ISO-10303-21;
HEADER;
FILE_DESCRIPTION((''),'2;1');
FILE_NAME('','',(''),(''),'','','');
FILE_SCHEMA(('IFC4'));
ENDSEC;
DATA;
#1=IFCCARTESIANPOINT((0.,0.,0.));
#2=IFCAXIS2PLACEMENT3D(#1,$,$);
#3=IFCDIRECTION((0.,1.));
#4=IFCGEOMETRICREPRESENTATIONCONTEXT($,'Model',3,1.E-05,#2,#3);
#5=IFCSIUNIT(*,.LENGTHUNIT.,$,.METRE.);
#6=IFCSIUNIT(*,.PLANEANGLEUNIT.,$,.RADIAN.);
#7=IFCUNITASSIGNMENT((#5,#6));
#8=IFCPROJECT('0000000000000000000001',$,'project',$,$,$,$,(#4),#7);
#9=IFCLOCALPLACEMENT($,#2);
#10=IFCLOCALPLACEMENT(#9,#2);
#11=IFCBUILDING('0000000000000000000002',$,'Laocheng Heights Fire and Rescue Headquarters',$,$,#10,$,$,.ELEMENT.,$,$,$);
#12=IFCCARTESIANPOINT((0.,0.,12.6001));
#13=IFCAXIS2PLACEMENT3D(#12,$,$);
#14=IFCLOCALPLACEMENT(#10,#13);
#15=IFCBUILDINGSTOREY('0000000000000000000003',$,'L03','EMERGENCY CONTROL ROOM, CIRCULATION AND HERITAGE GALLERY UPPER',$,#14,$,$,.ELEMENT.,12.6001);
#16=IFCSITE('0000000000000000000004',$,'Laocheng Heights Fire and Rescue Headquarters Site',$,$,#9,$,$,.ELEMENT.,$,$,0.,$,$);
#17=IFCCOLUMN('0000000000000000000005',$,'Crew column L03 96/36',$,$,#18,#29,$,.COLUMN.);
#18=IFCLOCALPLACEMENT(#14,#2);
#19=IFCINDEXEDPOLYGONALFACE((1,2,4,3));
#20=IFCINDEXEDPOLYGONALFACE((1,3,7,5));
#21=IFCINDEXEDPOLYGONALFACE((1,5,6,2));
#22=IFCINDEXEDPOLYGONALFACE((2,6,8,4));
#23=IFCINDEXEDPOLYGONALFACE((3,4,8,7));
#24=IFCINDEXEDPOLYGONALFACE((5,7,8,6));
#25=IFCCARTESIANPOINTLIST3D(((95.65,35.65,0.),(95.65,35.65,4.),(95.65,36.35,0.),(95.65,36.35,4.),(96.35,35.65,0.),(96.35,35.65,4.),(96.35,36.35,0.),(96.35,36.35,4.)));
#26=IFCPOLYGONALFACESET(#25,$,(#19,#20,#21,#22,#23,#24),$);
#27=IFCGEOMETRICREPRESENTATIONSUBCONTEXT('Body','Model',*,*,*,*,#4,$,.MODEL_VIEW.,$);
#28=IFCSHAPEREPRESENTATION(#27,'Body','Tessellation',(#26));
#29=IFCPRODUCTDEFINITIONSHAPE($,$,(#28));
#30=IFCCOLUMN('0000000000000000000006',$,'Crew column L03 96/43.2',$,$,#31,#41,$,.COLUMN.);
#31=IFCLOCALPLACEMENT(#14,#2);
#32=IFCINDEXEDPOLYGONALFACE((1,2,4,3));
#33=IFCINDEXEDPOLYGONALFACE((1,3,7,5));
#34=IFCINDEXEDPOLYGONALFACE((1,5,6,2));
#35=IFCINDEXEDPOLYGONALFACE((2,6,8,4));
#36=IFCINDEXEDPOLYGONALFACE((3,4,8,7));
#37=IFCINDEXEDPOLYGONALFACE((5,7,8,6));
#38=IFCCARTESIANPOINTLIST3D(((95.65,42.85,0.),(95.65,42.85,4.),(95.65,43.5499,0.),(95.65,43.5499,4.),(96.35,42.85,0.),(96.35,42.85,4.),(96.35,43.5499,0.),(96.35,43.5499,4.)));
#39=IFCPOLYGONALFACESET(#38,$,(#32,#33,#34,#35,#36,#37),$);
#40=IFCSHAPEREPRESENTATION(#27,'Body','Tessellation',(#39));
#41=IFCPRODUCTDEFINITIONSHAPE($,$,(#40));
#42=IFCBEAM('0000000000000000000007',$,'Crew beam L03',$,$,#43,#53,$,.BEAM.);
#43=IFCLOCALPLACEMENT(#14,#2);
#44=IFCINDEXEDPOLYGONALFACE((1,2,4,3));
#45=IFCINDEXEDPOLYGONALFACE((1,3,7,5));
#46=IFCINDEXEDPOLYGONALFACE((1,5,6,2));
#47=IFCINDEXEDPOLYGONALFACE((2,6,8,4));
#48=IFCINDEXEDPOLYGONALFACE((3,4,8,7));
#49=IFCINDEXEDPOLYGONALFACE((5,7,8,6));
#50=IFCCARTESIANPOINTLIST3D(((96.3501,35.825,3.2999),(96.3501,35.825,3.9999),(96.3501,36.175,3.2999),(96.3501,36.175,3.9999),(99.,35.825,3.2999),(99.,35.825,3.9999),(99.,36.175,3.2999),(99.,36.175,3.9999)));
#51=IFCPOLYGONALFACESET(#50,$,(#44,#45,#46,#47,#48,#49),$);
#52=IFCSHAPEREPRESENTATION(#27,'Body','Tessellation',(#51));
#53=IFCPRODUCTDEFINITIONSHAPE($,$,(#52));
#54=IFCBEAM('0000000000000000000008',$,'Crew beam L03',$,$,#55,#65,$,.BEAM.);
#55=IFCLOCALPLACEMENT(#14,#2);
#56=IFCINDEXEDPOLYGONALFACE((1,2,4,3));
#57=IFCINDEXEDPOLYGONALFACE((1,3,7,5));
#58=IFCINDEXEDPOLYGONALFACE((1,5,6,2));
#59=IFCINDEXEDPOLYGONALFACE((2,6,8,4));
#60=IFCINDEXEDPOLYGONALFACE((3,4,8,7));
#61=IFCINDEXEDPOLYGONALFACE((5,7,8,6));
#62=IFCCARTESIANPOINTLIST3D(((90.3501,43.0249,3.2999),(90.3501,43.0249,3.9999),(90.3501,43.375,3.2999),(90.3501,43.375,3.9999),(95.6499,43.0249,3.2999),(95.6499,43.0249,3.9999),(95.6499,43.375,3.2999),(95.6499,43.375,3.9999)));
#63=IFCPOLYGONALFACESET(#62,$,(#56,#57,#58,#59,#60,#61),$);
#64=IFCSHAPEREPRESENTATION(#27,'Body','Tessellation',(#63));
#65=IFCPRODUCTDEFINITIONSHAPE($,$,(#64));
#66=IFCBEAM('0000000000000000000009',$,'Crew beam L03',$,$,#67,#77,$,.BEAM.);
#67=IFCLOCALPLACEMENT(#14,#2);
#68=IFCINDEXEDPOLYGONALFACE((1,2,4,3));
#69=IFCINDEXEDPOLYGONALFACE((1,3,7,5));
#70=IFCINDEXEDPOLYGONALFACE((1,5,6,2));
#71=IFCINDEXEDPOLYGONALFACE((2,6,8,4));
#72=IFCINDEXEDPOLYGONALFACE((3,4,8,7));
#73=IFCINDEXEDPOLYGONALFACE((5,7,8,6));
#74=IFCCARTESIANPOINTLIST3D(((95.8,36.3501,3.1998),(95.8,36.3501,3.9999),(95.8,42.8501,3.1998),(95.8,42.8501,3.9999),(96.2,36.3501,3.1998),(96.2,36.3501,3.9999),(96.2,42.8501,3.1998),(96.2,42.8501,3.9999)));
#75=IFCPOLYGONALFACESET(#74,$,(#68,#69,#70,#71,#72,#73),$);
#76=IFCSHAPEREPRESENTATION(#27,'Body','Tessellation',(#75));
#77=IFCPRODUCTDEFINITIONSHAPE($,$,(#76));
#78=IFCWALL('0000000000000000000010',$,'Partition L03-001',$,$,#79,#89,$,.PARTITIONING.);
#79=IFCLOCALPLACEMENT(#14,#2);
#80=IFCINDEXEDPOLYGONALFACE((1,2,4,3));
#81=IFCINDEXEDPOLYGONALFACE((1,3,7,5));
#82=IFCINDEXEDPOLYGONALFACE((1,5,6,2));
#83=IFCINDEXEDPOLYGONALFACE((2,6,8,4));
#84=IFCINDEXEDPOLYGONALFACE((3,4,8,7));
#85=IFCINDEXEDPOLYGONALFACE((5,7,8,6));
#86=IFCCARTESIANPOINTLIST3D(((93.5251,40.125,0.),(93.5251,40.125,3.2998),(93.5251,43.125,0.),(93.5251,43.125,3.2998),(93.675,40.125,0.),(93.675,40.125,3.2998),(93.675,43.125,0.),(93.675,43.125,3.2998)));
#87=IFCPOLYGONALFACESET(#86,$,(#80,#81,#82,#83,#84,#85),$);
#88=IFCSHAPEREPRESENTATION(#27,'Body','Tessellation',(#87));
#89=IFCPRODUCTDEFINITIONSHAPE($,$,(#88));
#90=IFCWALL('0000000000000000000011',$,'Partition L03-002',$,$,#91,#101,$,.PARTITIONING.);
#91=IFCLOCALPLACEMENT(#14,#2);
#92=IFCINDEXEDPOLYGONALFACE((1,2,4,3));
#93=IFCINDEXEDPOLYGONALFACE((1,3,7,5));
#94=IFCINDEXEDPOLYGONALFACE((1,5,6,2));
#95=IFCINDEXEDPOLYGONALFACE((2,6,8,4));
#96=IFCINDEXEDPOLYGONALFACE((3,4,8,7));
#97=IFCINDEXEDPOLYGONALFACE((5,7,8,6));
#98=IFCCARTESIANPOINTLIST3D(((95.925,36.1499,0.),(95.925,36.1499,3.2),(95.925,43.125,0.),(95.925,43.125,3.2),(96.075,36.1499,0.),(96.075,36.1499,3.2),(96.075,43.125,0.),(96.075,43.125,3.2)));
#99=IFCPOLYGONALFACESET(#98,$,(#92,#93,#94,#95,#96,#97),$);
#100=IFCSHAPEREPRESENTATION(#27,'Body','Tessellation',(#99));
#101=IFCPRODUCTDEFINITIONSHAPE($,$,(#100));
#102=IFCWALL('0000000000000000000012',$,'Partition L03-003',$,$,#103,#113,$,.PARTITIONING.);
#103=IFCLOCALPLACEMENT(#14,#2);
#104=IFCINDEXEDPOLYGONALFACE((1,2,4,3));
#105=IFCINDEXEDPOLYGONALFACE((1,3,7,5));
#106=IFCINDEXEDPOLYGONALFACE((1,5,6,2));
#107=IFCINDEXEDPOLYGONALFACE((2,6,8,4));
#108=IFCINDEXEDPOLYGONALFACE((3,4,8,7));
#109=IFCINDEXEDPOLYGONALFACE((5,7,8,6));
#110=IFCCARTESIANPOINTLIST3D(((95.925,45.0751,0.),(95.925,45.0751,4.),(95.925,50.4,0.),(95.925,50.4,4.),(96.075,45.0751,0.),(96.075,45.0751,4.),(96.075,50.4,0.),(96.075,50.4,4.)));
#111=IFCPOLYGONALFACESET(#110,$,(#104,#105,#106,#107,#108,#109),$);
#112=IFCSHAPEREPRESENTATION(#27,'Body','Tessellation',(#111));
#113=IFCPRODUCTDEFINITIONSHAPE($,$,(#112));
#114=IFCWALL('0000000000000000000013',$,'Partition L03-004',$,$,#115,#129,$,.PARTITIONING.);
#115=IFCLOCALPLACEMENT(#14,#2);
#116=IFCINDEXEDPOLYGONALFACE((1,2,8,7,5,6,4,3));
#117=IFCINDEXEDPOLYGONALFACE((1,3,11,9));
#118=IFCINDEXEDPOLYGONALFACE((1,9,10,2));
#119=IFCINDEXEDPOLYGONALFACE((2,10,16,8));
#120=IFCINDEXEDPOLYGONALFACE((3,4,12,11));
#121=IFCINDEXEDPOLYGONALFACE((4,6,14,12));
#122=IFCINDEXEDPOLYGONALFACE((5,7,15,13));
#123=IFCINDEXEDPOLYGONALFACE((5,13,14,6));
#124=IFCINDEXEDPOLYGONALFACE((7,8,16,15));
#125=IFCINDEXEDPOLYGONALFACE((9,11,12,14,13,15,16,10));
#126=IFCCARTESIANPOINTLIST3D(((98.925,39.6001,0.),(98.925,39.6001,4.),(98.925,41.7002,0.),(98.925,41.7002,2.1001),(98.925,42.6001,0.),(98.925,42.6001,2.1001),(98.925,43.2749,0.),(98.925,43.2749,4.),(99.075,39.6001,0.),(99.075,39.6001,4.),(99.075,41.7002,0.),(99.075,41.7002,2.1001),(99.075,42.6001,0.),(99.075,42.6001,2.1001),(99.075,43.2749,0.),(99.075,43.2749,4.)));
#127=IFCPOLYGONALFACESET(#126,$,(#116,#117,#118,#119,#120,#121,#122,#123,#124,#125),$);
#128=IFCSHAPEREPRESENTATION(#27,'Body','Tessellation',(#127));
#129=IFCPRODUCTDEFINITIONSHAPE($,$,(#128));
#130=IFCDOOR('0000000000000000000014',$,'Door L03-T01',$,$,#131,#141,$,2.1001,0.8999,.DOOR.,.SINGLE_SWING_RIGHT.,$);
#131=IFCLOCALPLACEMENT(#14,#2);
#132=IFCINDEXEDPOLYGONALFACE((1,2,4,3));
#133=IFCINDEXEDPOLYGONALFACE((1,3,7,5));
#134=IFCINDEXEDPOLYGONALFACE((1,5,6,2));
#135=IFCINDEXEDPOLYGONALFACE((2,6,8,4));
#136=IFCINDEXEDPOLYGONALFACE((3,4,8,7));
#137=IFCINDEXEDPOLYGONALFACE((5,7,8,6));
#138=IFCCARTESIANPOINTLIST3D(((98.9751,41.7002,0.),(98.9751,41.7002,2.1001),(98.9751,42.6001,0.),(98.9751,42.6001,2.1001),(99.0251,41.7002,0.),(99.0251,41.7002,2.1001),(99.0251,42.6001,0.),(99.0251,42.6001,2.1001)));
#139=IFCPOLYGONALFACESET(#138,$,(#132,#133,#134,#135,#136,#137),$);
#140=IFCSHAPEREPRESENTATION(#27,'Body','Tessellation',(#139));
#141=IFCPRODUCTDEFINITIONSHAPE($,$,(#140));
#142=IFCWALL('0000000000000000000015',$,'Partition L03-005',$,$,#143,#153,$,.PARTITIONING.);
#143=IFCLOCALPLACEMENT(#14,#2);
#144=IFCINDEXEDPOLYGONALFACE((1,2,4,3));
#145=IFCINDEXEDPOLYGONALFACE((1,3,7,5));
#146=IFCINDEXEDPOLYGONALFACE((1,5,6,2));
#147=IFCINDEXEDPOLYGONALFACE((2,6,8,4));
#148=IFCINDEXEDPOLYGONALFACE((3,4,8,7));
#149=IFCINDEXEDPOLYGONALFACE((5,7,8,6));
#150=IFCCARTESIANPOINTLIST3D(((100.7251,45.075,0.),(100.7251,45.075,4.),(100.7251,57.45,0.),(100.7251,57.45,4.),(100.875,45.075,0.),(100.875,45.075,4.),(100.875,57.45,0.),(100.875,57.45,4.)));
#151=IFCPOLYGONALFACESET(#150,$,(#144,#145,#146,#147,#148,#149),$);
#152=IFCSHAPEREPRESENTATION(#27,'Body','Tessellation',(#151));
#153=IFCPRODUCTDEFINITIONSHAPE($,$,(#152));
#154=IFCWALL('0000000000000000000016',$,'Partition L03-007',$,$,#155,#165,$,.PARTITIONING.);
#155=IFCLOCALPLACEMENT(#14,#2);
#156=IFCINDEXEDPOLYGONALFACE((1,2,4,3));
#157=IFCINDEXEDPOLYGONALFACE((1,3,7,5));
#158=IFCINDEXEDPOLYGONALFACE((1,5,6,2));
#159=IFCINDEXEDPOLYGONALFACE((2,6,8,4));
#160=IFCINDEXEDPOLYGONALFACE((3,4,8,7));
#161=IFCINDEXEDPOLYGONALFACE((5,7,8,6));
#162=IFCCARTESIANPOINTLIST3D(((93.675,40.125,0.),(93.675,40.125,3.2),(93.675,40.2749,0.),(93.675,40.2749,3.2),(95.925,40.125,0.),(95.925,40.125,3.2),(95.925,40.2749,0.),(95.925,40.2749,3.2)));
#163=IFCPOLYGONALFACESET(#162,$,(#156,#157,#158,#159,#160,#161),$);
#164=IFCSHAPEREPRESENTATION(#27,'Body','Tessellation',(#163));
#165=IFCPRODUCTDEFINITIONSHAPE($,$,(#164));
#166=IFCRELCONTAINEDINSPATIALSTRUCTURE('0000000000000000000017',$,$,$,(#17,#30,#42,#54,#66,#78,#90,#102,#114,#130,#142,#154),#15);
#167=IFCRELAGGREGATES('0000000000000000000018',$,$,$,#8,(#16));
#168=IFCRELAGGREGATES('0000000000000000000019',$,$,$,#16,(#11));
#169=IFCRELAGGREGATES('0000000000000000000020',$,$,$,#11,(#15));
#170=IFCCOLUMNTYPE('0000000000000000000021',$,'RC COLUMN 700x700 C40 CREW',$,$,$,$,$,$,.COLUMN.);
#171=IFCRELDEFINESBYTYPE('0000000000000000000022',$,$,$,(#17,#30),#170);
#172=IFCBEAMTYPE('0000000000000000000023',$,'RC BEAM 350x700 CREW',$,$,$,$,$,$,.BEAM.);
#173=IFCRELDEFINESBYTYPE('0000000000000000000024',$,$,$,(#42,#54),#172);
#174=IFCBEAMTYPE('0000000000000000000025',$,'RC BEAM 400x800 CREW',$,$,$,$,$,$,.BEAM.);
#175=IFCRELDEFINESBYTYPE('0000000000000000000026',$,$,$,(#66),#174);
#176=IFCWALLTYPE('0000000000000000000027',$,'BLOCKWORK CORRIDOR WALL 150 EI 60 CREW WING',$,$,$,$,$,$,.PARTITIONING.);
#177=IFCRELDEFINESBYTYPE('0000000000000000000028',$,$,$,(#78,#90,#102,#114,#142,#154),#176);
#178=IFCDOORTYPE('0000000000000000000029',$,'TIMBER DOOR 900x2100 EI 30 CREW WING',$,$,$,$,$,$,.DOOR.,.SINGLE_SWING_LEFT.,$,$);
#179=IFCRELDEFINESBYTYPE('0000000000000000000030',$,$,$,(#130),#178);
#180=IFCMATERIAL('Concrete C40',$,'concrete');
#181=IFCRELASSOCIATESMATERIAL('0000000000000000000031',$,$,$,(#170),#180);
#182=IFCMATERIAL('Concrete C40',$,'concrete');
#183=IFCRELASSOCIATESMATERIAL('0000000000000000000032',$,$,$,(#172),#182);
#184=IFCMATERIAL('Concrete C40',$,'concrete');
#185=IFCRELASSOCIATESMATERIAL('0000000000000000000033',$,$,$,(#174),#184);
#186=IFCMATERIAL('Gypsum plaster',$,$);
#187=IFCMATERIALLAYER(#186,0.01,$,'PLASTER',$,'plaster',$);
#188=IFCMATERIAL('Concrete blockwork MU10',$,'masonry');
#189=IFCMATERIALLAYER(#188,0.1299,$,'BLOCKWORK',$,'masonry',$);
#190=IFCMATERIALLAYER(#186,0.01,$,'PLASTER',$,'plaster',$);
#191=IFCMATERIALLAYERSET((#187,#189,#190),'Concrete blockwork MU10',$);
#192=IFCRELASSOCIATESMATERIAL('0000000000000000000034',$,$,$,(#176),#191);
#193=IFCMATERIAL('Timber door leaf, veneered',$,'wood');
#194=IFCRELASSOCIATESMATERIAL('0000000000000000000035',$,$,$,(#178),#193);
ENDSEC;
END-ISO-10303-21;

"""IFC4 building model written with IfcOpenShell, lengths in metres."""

from ifc_helpers import new_model, si_unit, direction, frame, frame_2d, origin, origin_2d, place, context, subcontext, project, spatial, rectangle, extrude, material, layer, layer_set, material_profile, profile_set, type_object, element, fill, save


model = new_model("IFC4")

# Units and contexts
model_context = context("Model", 3, precision=1e-05, world=origin(), true_north=direction((0.0, 1.0)))
body_context = subcontext(model_context, "Body", "Model", "MODEL_VIEW")
ifc_project = project(units=[si_unit("LENGTHUNIT", "METRE"), si_unit("PLANEANGLEUNIT", "RADIAN")], contexts=[model_context])

# Site, building, storey
site_placement = place(None, origin())
site = spatial("IfcSite", under=ifc_project, at=site_placement, Name="Laocheng Heights Fire and Rescue Headquarters Site", CompositionType="ELEMENT", RefElevation=0.0)
building_placement = place(site_placement, origin())
building = spatial("IfcBuilding", under=site, at=building_placement, Name="Laocheng Heights Fire and Rescue Headquarters", CompositionType="ELEMENT")
storey_placement = place(building_placement, frame((0.0, 0.0, 12.6001)))
storey = spatial("IfcBuildingStorey", under=building, at=storey_placement, Name="L03", Description="EMERGENCY CONTROL ROOM, CIRCULATION AND HERITAGE GALLERY UPPER", CompositionType="ELEMENT", Elevation=12.6001)

# Columns
ifc_material_1 = material(Name="Concrete C40", Category="concrete")
ifc_material_profile_1 = material_profile(ifc_material_1, rectangle(XDim=0.7, YDim=0.7, at=origin_2d()), Name="RC COLUMN 700x700 C40 CREW")
ifc_profile_set_1 = profile_set([ifc_material_profile_1], Name="Concrete C40")
column_type = type_object("IfcColumnType", Name="RC COLUMN 700x700 C40 CREW", PredefinedType="COLUMN", material=ifc_profile_set_1)
for number, where, z_axis, x_axis, name in (
    (1, (96.0, 36.0, 0.0), (0.0, 0.0, 1.0), (1.0, 0.0, 0.0), "Crew column L03 96/36"),
    (2, (96.0, 43.2, 0.0), (0.0, 0.0, 1.0), (1.0, 0.0, 0.0), "Crew column L03 96/43.2"),
):
    element("IfcColumn", number, at=place(storey_placement, frame(where, z_axis=z_axis, x_axis=x_axis)), inside=storey, type_object=column_type, Name=name, PredefinedType="COLUMN", context=body_context, shape_type="SweptSolid", body=[
        extrude(rectangle(XDim=0.7, YDim=0.7, at=origin_2d()), origin(), (0.0, 0.0, 1.0), 4.0),
    ])

# Beams
ifc_material_2 = material(Name="Concrete C40", Category="concrete")
ifc_material_profile_2 = material_profile(ifc_material_2, rectangle(XDim=0.3501, YDim=0.7, at=origin_2d()), Name="RC BEAM 350x700 CREW")
ifc_profile_set_2 = profile_set([ifc_material_profile_2], Name="Concrete C40")
beam_type_1 = type_object("IfcBeamType", Name="RC BEAM 350x700 CREW", PredefinedType="BEAM", material=ifc_profile_set_2)
beam_1_placement = place(storey_placement, frame((96.3501, 36.0, 3.6499), z_axis=(1.0, 0.0, 0.0), x_axis=(0.0, 1.0, 0.0)))
element("IfcBeam", 3, at=beam_1_placement, inside=storey, type_object=beam_type_1, Name="Crew beam L03", PredefinedType="BEAM", context=body_context, shape_type="SweptSolid", body=[
    extrude(rectangle(XDim=0.3501, YDim=0.7, at=origin_2d()), origin(), (0.0, 0.0, 1.0), 2.6499),
])
beam_2_placement = place(storey_placement, frame((90.3501, 43.2, 3.6499), z_axis=(1.0, 0.0, 0.0), x_axis=(0.0, 1.0, 0.0)))
element("IfcBeam", 4, at=beam_2_placement, inside=storey, type_object=beam_type_1, Name="Crew beam L03", PredefinedType="BEAM", context=body_context, shape_type="SweptSolid", body=[
    extrude(rectangle(XDim=0.3501, YDim=0.7, at=origin_2d()), origin(), (0.0, 0.0, 1.0), 5.2998),
])
ifc_material_3 = material(Name="Concrete C40", Category="concrete")
ifc_material_profile_3 = material_profile(ifc_material_3, rectangle(XDim=0.3999, YDim=0.8, at=origin_2d()), Name="RC BEAM 400x800 CREW")
ifc_profile_set_3 = profile_set([ifc_material_profile_3], Name="Concrete C40")
beam_type_2 = type_object("IfcBeamType", Name="RC BEAM 400x800 CREW", PredefinedType="BEAM", material=ifc_profile_set_3)
beam_3_placement = place(storey_placement, frame((96.0, 36.3501, 3.5999), z_axis=(0.0, 1.0, 0.0), x_axis=(-1.0, 0.0, 0.0)))
element("IfcBeam", 5, at=beam_3_placement, inside=storey, type_object=beam_type_2, Name="Crew beam L03", PredefinedType="BEAM", context=body_context, shape_type="SweptSolid", body=[
    extrude(rectangle(XDim=0.3999, YDim=0.8, at=origin_2d()), origin(), (0.0, 0.0, 1.0), 6.5),
])

# Walls
ifc_material_4 = material(Name="Gypsum plaster")
ifc_layer_1 = layer(ifc_material_4, 0.01, Name="PLASTER", Category="plaster")
ifc_material_5 = material(Name="Concrete blockwork MU10", Category="masonry")
ifc_layer_2 = layer(ifc_material_5, 0.1299, Name="BLOCKWORK", Category="masonry")
ifc_layer_3 = layer(ifc_material_4, 0.01, Name="PLASTER", Category="plaster")
ifc_layer_set_1 = layer_set([ifc_layer_1, ifc_layer_2, ifc_layer_3], Name="Concrete blockwork MU10")
wall_type_1 = type_object("IfcWallType", Name="BLOCKWORK CORRIDOR WALL 150 EI 60 CREW WING", PredefinedType="PARTITIONING", material=ifc_layer_set_1)
wall_1_placement = place(storey_placement, frame((93.6001, 40.125, 0.0), z_axis=(0.0, 0.0, 1.0), x_axis=(0.0, 1.0, 0.0)))
element("IfcWall", 6, at=wall_1_placement, inside=storey, type_object=wall_type_1, Name="Partition L03-001", PredefinedType="PARTITIONING", context=body_context, shape_type="SweptSolid", body=[
    extrude(rectangle(XDim=3.0, YDim=0.1499, at=frame_2d((1.5, 0.0))), origin(), (0.0, 0.0, 1.0), 3.2998),
])
wall_2_placement = place(storey_placement, frame((96.0, 36.1499, 0.0), z_axis=(0.0, 0.0, 1.0), x_axis=(0.0, 1.0, 0.0)))
element("IfcWall", 7, at=wall_2_placement, inside=storey, type_object=wall_type_1, Name="Partition L03-002", PredefinedType="PARTITIONING", context=body_context, shape_type="SweptSolid", body=[
    extrude(rectangle(XDim=6.9751, YDim=0.1499, at=frame_2d((3.4875, 0.0))), origin(), (0.0, 0.0, 1.0), 3.2),
])
wall_3_placement = place(storey_placement, frame((96.0, 45.075, 0.0), z_axis=(0.0, 0.0, 1.0), x_axis=(0.0, 1.0, 0.0)))
element("IfcWall", 8, at=wall_3_placement, inside=storey, type_object=wall_type_1, Name="Partition L03-003", PredefinedType="PARTITIONING", context=body_context, shape_type="SweptSolid", body=[
    extrude(rectangle(XDim=5.325, YDim=0.1499, at=frame_2d((2.6626, 0.0))), origin(), (0.0, 0.0, 1.0), 4.0),
])

# Wall, opening, door
wall_4_placement = place(storey_placement, frame((99.0, 39.6001, 0.0), z_axis=(0.0, 0.0, 1.0), x_axis=(0.0, 1.0, 0.0)))
wall_4 = element("IfcWall", 9, at=wall_4_placement, inside=storey, type_object=wall_type_1, Name="Partition L03-004", PredefinedType="PARTITIONING", context=body_context, shape_type="SweptSolid", body=[
    extrude(rectangle(XDim=3.6748, YDim=0.1499, at=frame_2d((1.8374, 0.0))), origin(), (0.0, 0.0, 1.0), 4.0),
])
opening_1_placement = place(wall_4_placement, frame((2.1001, 0.0, 0.0)))
opening_1 = element("IfcOpeningElement", 10, at=opening_1_placement, cuts=wall_4, PredefinedType="OPENING", context=body_context, shape_type="SweptSolid", body=[
    extrude(rectangle(XDim=0.8999, YDim=2.1001, at=frame_2d((0.45, 1.05))), frame((0.0, 0.085, 0.0), z_axis=(0.0, -1.0, 0.0), x_axis=(1.0, 0.0, 0.0)), (0.0, 0.0, 1.0), 0.1699),
])
ifc_material_6 = material(Name="Timber door leaf, veneered", Category="wood")
door_type_1 = type_object("IfcDoorType", Name="TIMBER DOOR 900x2100 EI 30 CREW WING", OperationType="SINGLE_SWING_LEFT", PredefinedType="DOOR", material=ifc_material_6)
door_1_placement = place(opening_1_placement, origin())
door_1 = element("IfcDoor", 11, at=door_1_placement, inside=storey, type_object=door_type_1, Name="Door L03-T01", OperationType="SINGLE_SWING_RIGHT", OverallHeight=2.1001, OverallWidth=0.8999, PredefinedType="DOOR", context=body_context, shape_type="SweptSolid", body=[
    extrude(rectangle(XDim=0.8999, YDim=2.1001, at=frame_2d((0.45, 1.05))), frame((0.0, 0.0249, 0.0), z_axis=(0.0, -1.0, 0.0), x_axis=(1.0, 0.0, 0.0)), (0.0, 0.0, 1.0), 0.05),
])
fill(opening_1, door_1)

# Walls
wall_5_placement = place(storey_placement, frame((100.8, 45.075, 0.0), z_axis=(0.0, 0.0, 1.0), x_axis=(0.0, 1.0, 0.0)))
element("IfcWall", 12, at=wall_5_placement, inside=storey, type_object=wall_type_1, Name="Partition L03-005", PredefinedType="PARTITIONING", context=body_context, shape_type="SweptSolid", body=[
    extrude(rectangle(XDim=12.375, YDim=0.1499, at=frame_2d((6.1875, 0.0))), origin(), (0.0, 0.0, 1.0), 4.0),
])
wall_6_placement = place(storey_placement, frame((93.675, 40.2, 0.0), z_axis=(0.0, 0.0, 1.0), x_axis=(1.0, 0.0, 0.0)))
element("IfcWall", 13, at=wall_6_placement, inside=storey, type_object=wall_type_1, Name="Partition L03-007", PredefinedType="PARTITIONING", context=body_context, shape_type="SweptSolid", body=[
    extrude(rectangle(XDim=2.25, YDim=0.1499, at=frame_2d((1.125, 0.0))), origin(), (0.0, 0.0, 1.0), 3.2),
])

save(model, "model.ifc")
